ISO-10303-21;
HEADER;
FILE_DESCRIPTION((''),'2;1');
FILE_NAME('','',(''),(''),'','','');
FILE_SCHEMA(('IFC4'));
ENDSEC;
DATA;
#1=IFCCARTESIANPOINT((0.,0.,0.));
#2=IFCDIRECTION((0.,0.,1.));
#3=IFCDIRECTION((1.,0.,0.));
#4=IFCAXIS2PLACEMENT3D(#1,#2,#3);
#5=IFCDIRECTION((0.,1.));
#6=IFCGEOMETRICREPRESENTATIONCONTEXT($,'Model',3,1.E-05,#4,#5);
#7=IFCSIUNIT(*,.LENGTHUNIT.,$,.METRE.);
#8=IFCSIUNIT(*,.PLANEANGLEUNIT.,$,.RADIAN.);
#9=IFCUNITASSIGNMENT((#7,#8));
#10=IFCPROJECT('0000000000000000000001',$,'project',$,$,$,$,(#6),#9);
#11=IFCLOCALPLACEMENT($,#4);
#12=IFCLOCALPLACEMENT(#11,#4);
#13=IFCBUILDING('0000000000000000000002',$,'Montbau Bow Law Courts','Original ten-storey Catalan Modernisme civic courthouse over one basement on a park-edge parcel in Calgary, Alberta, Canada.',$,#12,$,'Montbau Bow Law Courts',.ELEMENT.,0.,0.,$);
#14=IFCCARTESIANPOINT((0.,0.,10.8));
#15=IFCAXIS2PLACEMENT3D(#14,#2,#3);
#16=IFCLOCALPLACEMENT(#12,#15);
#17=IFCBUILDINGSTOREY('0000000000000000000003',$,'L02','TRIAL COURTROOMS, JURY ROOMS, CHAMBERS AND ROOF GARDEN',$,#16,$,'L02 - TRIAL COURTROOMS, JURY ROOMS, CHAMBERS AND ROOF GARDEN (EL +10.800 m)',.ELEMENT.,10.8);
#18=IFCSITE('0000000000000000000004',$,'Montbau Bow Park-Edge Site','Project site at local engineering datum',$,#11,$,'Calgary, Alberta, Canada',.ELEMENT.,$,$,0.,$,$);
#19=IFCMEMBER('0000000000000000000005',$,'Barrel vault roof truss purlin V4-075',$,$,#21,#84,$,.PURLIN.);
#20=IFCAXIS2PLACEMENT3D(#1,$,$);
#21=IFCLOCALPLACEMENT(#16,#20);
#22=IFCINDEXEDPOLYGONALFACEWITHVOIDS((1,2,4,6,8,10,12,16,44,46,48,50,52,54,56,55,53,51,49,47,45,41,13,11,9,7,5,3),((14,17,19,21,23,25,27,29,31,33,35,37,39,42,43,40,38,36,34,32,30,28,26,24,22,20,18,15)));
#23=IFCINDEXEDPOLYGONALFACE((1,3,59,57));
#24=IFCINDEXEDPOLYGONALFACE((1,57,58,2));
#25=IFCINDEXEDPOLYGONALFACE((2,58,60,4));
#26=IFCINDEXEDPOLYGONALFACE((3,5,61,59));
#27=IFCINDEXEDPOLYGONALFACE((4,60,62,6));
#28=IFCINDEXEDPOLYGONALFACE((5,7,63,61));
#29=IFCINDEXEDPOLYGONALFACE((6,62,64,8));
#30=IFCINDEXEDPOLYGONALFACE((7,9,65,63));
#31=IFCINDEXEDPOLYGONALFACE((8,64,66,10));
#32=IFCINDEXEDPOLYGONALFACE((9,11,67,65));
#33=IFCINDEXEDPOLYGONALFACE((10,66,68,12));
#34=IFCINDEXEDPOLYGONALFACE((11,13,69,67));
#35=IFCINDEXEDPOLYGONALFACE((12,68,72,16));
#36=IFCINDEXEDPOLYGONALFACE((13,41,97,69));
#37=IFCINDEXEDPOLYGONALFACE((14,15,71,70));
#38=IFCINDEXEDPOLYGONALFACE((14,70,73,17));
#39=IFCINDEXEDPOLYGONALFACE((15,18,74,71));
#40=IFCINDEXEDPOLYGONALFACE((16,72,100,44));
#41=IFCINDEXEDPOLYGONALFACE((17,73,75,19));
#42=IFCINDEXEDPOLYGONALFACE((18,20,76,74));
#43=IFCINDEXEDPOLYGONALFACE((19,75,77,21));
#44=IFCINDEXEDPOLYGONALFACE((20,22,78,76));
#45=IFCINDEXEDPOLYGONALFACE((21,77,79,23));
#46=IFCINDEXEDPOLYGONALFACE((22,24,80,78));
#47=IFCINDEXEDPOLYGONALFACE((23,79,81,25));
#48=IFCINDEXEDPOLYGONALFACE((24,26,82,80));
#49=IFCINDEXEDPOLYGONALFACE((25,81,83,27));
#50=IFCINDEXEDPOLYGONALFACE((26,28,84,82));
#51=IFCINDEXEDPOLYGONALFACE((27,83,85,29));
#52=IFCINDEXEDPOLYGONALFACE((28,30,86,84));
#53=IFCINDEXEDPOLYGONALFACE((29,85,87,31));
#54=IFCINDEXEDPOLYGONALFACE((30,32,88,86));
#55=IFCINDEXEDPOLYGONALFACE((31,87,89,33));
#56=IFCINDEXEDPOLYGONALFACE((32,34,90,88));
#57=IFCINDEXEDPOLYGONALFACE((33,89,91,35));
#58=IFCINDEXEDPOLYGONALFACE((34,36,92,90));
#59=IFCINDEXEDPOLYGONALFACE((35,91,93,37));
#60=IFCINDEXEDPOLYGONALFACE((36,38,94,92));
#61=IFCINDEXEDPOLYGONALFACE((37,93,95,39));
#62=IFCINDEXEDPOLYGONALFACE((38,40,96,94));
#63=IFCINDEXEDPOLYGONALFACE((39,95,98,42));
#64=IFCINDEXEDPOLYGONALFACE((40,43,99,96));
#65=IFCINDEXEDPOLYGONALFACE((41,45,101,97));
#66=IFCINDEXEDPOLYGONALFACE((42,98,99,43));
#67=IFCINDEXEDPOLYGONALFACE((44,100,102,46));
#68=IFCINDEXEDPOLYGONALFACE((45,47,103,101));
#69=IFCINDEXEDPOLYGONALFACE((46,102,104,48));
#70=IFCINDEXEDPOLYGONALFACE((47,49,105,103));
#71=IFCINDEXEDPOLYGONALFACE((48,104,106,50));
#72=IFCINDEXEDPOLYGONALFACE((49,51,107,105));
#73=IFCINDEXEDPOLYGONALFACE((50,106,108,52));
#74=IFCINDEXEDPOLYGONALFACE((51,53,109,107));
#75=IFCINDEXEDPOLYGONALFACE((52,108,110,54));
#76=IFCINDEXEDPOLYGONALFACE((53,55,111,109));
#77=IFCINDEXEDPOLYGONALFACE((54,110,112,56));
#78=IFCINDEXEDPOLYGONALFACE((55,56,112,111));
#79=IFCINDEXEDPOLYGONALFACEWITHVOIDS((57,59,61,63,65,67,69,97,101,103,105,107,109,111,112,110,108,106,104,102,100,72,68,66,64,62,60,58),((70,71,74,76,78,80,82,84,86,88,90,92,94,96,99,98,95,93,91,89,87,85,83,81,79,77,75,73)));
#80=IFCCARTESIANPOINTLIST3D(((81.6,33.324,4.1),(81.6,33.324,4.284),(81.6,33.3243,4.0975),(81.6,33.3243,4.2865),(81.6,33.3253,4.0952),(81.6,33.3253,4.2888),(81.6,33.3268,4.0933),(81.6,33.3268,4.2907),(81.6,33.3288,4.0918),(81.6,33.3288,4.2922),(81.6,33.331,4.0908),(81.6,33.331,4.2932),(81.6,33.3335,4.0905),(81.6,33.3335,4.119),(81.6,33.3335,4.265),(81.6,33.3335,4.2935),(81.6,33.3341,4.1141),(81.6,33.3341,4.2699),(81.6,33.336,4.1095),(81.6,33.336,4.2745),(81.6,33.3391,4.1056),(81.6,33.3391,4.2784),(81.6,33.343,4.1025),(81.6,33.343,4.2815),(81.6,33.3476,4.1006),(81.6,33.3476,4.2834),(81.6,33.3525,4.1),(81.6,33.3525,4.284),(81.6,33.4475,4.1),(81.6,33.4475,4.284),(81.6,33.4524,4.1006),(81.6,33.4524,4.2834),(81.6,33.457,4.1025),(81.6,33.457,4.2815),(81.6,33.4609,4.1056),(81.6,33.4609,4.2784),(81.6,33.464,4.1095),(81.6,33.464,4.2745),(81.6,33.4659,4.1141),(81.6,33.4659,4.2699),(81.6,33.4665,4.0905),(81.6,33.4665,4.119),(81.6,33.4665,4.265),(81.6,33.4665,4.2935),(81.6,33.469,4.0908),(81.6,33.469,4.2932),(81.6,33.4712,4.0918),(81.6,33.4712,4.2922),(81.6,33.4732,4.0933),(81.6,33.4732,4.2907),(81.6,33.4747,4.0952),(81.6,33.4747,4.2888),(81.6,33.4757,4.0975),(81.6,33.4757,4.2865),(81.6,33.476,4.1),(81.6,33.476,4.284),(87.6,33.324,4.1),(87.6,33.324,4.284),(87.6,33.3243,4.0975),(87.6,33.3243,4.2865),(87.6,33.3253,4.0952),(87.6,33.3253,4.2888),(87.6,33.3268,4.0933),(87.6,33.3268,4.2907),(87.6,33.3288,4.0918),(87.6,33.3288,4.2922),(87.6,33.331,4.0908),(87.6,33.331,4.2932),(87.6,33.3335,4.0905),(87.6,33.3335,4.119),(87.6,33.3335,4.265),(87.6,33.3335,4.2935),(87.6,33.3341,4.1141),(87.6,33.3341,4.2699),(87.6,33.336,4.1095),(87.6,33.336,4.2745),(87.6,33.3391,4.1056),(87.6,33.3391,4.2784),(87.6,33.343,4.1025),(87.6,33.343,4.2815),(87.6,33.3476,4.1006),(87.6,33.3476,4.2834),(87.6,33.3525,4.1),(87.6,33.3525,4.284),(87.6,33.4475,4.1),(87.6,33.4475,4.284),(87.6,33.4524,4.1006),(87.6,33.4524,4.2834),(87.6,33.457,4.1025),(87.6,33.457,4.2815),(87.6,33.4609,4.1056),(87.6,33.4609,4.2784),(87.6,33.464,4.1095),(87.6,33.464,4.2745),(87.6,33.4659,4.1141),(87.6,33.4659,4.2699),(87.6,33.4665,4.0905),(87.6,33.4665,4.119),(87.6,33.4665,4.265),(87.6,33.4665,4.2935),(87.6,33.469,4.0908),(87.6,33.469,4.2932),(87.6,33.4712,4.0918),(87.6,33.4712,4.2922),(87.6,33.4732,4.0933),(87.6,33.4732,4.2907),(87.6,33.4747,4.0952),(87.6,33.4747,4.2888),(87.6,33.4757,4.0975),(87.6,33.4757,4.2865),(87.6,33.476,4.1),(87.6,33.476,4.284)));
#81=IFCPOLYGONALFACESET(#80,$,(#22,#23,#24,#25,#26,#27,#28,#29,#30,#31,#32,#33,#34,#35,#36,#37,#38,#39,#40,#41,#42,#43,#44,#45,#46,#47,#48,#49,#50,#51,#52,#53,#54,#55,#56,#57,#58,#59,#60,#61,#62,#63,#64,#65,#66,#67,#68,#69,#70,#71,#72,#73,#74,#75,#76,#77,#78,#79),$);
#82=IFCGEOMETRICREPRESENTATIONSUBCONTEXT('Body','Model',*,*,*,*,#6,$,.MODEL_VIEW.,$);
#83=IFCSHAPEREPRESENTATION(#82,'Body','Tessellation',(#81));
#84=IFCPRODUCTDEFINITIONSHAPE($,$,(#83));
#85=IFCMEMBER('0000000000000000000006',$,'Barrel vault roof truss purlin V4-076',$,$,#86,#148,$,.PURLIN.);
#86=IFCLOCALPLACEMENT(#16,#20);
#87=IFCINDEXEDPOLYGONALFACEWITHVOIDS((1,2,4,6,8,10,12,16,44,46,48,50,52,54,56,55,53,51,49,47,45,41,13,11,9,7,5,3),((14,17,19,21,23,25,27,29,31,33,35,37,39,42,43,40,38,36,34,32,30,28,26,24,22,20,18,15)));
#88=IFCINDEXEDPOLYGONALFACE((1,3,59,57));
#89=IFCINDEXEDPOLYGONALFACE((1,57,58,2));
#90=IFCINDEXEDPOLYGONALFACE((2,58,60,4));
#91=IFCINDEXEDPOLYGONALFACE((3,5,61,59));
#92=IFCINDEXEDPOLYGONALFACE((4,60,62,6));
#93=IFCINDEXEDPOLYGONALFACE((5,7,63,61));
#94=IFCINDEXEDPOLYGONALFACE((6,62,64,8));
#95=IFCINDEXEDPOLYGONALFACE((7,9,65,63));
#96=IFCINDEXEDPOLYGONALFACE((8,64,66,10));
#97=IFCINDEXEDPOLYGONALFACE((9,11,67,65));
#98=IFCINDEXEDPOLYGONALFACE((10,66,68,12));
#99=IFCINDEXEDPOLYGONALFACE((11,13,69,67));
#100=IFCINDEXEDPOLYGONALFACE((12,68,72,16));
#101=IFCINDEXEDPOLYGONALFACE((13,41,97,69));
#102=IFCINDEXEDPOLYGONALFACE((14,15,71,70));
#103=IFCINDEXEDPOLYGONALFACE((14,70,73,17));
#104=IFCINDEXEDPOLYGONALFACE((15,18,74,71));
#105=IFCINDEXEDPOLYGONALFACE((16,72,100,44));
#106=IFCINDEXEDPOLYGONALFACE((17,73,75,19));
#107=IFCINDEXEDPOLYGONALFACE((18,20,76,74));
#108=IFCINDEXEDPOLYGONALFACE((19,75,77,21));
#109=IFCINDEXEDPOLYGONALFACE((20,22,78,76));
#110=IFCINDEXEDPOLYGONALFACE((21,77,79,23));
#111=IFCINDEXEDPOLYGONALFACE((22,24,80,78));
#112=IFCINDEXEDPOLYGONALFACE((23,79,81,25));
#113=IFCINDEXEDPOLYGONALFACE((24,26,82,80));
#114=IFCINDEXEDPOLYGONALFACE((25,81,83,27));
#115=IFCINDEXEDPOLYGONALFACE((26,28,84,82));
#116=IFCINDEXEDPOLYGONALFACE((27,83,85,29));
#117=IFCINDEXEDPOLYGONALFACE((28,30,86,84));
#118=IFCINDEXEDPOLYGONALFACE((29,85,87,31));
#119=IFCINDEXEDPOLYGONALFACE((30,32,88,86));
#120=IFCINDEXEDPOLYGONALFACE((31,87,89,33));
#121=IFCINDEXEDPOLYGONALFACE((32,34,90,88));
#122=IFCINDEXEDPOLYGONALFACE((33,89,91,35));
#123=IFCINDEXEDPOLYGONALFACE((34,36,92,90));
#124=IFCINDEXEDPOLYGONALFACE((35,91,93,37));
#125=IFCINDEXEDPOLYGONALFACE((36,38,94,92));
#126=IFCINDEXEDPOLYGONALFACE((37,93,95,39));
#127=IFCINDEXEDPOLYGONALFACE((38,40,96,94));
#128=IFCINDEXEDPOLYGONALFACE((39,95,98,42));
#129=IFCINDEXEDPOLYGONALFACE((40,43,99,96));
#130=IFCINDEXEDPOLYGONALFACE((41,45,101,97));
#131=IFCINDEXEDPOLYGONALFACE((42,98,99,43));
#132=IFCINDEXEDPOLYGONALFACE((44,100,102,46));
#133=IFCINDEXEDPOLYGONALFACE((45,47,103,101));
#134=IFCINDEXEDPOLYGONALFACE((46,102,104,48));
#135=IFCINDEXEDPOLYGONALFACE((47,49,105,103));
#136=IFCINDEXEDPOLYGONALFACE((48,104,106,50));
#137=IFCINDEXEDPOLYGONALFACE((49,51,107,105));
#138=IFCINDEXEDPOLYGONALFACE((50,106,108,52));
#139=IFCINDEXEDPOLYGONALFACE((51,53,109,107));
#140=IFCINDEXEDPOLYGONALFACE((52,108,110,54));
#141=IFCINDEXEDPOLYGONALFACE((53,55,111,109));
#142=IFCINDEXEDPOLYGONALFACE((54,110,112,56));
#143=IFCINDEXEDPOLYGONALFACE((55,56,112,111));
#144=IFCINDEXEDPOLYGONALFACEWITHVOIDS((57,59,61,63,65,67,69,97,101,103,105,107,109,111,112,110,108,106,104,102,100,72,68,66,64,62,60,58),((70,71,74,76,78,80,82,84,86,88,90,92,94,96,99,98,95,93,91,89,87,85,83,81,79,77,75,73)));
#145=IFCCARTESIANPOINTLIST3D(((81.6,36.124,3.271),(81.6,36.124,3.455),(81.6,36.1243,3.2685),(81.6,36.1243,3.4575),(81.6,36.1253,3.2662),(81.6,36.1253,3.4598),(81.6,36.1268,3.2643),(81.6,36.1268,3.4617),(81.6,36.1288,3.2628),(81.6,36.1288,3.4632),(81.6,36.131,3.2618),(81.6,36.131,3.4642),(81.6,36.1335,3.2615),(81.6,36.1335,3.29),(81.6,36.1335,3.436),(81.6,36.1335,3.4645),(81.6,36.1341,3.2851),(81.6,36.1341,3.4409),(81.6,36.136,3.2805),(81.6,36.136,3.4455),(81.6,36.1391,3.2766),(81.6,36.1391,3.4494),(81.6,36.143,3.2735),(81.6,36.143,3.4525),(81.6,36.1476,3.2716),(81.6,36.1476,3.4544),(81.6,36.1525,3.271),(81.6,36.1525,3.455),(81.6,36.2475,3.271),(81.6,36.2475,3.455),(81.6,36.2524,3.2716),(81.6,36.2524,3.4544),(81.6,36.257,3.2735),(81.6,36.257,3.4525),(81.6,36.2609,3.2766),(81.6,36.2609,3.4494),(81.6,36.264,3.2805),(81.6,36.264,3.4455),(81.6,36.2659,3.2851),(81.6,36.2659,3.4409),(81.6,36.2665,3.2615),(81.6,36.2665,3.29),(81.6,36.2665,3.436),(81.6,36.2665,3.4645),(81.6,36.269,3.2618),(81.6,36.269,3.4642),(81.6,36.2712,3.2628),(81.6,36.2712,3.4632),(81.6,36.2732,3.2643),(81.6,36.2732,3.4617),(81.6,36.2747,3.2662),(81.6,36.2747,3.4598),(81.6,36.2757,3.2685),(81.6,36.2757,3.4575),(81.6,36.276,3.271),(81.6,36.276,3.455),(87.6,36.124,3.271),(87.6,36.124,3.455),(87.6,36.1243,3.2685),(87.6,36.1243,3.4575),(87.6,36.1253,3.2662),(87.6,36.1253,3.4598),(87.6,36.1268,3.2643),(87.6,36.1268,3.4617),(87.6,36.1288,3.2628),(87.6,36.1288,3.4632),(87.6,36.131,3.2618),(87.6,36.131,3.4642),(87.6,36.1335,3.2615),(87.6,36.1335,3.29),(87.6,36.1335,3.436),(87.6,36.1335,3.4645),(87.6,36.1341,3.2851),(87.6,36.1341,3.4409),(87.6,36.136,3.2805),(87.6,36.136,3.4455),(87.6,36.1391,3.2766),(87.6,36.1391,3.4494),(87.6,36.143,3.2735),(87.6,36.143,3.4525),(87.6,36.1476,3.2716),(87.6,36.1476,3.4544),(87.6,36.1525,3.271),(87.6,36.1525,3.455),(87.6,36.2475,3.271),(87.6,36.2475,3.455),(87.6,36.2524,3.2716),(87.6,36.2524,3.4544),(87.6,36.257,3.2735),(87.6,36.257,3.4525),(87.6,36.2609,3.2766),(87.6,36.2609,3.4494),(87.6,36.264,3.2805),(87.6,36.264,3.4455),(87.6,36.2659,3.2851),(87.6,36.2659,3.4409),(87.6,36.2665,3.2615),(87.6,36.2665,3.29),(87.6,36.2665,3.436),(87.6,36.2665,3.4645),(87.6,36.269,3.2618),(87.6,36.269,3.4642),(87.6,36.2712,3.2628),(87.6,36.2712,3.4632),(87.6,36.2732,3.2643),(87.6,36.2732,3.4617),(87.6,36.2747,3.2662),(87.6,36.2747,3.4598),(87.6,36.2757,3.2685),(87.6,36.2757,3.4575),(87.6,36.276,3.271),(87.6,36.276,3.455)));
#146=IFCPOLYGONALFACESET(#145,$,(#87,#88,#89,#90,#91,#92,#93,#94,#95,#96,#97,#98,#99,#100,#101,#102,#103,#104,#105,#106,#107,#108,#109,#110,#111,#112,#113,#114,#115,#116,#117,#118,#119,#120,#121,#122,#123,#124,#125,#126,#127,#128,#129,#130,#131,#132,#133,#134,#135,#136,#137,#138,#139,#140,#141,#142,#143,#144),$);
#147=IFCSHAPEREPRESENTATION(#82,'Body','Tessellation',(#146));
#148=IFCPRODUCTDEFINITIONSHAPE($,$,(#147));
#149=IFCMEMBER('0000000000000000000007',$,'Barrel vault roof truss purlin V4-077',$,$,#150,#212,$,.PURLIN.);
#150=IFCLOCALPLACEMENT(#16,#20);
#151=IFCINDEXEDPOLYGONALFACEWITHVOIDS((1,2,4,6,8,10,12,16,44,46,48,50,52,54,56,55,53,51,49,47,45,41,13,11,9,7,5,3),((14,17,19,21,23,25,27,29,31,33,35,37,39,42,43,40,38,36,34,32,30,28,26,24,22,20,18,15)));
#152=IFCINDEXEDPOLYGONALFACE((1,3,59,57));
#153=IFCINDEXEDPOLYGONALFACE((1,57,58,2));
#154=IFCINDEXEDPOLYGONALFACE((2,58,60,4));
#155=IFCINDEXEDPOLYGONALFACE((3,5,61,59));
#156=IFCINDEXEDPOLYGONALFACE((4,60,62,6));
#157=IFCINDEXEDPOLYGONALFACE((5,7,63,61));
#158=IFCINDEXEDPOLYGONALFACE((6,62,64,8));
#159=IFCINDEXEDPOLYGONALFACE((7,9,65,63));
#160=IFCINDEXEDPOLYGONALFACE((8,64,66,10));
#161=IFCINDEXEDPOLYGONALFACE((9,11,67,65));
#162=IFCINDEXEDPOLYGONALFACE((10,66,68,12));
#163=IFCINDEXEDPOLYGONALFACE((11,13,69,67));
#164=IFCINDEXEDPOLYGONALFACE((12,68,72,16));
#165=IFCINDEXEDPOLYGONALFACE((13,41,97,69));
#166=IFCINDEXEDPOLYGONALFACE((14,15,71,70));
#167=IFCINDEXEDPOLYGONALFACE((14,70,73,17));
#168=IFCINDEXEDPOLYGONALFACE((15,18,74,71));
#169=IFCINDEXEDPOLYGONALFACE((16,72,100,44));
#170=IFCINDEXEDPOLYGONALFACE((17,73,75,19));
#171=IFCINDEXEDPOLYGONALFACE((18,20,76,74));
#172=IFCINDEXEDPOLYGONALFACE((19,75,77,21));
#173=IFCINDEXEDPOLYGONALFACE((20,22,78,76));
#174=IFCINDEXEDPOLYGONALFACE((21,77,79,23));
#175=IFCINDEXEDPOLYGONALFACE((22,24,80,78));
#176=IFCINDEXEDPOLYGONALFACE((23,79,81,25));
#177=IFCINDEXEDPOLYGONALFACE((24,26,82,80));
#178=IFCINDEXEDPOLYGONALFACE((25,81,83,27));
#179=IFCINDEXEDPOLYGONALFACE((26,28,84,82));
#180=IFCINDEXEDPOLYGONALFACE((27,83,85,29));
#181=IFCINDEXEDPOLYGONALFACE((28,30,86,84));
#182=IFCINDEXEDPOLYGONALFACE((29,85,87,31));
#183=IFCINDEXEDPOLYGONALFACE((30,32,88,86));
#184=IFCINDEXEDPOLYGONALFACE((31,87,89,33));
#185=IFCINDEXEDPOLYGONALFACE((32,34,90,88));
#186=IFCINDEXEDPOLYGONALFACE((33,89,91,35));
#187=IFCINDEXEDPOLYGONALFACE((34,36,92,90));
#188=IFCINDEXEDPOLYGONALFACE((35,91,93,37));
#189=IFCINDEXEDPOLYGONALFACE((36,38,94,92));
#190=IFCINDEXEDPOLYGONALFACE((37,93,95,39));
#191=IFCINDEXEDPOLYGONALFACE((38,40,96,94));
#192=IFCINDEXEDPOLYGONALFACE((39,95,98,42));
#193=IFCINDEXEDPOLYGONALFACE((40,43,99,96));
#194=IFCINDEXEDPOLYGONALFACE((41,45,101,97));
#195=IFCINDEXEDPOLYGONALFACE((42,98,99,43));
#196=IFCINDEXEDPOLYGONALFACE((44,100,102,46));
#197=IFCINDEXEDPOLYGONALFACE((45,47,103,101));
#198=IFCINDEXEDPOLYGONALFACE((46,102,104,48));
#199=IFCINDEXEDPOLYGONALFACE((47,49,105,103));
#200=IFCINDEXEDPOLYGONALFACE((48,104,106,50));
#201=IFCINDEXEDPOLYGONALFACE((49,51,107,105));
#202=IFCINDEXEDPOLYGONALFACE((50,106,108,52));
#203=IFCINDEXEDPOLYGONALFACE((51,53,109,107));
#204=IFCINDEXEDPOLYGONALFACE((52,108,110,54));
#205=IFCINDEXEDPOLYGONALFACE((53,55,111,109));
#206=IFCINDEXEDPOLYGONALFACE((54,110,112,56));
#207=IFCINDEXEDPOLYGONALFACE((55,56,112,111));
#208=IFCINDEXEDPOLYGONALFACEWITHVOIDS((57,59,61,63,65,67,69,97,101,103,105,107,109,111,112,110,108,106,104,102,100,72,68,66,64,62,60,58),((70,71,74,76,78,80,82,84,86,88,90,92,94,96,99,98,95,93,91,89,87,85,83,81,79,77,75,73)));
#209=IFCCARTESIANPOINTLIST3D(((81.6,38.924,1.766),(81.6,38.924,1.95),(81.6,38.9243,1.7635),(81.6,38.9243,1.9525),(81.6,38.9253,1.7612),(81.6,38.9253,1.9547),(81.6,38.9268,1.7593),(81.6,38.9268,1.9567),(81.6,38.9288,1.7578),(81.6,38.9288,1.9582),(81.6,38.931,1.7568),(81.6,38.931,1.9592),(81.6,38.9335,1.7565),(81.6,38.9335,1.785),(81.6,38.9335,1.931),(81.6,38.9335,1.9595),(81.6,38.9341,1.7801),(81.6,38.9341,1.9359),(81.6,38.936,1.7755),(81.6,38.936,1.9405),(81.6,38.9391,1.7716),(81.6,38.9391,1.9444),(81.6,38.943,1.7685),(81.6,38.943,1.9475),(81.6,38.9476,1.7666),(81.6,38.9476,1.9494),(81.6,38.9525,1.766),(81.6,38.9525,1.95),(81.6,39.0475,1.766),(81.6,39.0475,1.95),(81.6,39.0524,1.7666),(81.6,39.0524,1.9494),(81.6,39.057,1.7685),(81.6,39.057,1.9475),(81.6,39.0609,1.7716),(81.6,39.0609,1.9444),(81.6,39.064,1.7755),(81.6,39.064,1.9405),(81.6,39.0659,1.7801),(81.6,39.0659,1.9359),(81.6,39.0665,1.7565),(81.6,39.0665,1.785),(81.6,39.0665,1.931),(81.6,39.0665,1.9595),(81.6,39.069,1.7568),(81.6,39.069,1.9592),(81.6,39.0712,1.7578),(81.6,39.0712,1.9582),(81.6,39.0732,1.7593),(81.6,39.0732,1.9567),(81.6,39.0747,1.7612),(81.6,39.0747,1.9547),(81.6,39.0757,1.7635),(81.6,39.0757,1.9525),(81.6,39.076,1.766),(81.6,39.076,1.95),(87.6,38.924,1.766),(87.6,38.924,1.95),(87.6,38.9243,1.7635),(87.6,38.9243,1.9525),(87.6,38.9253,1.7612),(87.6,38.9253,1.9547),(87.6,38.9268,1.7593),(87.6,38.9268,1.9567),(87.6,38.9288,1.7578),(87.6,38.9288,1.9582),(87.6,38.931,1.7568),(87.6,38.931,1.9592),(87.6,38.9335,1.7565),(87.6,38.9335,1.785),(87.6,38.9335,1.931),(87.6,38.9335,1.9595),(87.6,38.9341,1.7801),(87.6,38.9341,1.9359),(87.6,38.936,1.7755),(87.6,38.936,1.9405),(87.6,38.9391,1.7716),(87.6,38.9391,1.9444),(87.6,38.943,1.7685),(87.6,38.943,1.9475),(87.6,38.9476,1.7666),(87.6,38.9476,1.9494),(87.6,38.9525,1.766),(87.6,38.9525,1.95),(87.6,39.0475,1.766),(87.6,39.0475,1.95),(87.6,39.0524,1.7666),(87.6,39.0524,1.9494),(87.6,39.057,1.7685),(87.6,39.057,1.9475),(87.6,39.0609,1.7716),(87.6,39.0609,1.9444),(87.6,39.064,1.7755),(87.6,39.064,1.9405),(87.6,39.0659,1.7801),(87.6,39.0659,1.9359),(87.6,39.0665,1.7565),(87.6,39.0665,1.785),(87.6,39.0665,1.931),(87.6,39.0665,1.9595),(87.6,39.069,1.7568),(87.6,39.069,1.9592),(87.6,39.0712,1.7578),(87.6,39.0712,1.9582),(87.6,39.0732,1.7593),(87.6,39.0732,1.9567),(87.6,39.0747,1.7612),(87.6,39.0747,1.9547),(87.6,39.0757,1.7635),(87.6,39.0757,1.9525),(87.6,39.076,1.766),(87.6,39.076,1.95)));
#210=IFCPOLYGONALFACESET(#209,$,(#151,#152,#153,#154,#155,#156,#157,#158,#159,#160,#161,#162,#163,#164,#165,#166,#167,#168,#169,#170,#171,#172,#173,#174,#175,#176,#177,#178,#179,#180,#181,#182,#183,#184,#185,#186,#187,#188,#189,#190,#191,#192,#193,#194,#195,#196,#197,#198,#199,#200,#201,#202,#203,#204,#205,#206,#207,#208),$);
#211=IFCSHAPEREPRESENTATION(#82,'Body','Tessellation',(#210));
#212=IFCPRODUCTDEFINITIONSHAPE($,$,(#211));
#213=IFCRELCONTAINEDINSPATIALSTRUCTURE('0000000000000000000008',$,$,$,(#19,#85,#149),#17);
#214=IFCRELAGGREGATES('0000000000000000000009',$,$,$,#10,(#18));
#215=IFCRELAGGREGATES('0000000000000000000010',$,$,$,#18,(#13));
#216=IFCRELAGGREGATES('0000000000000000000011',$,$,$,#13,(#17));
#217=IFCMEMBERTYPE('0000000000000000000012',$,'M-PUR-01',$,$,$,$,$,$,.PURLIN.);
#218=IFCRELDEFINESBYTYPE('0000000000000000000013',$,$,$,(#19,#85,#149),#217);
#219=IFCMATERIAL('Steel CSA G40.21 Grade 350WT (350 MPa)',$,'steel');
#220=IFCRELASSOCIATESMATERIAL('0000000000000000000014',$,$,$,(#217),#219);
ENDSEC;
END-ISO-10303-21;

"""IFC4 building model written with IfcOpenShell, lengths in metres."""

from ifc_helpers import new_model, si_unit, direction, frame, origin_with_axes, origin_2d_with_axis, place, context, subcontext, project, spatial, hollow_rectangle, extrude, material, material_profile, profile_set, type_object, element, save


model = new_model("IFC4")

# Units and contexts
model_context = context("Model", 3, precision=1e-05, world=origin_with_axes(), true_north=direction((0.0, 1.0)))
body_context = subcontext(model_context, "Body", "Model", "MODEL_VIEW")
ifc_project = project(units=[si_unit("LENGTHUNIT", "METRE"), si_unit("PLANEANGLEUNIT", "RADIAN")], contexts=[model_context])

# Site, building, storey
site_placement = place(None, origin_with_axes())
site = spatial("IfcSite", under=ifc_project, at=site_placement, Name="Montbau Bow Park-Edge Site", Description="Project site at local engineering datum", LongName="Calgary, Alberta, Canada", CompositionType="ELEMENT", RefElevation=0.0)
building_placement = place(site_placement, origin_with_axes())
building = spatial("IfcBuilding", under=site, at=building_placement, Name="Montbau Bow Law Courts", Description="Original ten-storey Catalan Modernisme civic courthouse over one basement on a park-edge parcel in Calgary, Alberta, Canada.", LongName="Montbau Bow Law Courts", CompositionType="ELEMENT", ElevationOfRefHeight=0.0, ElevationOfTerrain=0.0)
storey_placement = place(building_placement, frame((0.0, 0.0, 10.8), z_axis=(0.0, 0.0, 1.0), x_axis=(1.0, 0.0, 0.0)))
storey = spatial("IfcBuildingStorey", under=building, at=storey_placement, Name="L02", Description="TRIAL COURTROOMS, JURY ROOMS, CHAMBERS AND ROOF GARDEN", LongName="L02 - TRIAL COURTROOMS, JURY ROOMS, CHAMBERS AND ROOF GARDEN (EL +10.800 m)", CompositionType="ELEMENT", Elevation=10.8)

# Shared definitions
ifc_material_1 = material(Name="Steel CSA G40.21 Grade 350WT (350 MPa)", Category="steel")

# Members
ifc_material_profile_1 = material_profile(ifc_material_1, hollow_rectangle(XDim=0.152, YDim=0.203, WallThickness=0.0095, InnerFilletRadius=0.019, OuterFilletRadius=0.0095, at=origin_2d_with_axis()), Name="HSS203X152X9.5", Category="Main", Priority=0)
ifc_profile_set_1 = profile_set([ifc_material_profile_1], Name="Steel CSA G40.21 Grade 350WT (350 MPa)")
member_type_1 = type_object("IfcMemberType", Name="M-PUR-01", PredefinedType="PURLIN", material=ifc_profile_set_1)
for number, where, z_axis, x_axis, name in (
    (1, (81.6, 33.4, 14.992), (1.0, 0.0, 0.0), (0.0, 1.0, 0.0), "Barrel vault roof truss purlin V4-075"),
    (2, (81.6, 36.2, 14.163), (1.0, 0.0, 0.0), (0.0, 1.0, 0.0), "Barrel vault roof truss purlin V4-076"),
    (3, (81.6, 39.0, 12.658), (1.0, 0.0, 0.0), (0.0, 1.0, 0.0), "Barrel vault roof truss purlin V4-077"),
):
    element("IfcMember", number, at=place(None, frame(where, z_axis=z_axis, x_axis=x_axis)), inside=storey, type_object=member_type_1, Name=name, PredefinedType="PURLIN", context=body_context, shape_type="SweptSolid", body=[
        extrude(hollow_rectangle(XDim=0.152, YDim=0.203, WallThickness=0.0095, InnerFilletRadius=0.019, OuterFilletRadius=0.0095, at=origin_2d_with_axis()), origin_with_axes(), (0.0, 0.0, 1.0), 6.0),
    ])

save(model, "model.ifc")
